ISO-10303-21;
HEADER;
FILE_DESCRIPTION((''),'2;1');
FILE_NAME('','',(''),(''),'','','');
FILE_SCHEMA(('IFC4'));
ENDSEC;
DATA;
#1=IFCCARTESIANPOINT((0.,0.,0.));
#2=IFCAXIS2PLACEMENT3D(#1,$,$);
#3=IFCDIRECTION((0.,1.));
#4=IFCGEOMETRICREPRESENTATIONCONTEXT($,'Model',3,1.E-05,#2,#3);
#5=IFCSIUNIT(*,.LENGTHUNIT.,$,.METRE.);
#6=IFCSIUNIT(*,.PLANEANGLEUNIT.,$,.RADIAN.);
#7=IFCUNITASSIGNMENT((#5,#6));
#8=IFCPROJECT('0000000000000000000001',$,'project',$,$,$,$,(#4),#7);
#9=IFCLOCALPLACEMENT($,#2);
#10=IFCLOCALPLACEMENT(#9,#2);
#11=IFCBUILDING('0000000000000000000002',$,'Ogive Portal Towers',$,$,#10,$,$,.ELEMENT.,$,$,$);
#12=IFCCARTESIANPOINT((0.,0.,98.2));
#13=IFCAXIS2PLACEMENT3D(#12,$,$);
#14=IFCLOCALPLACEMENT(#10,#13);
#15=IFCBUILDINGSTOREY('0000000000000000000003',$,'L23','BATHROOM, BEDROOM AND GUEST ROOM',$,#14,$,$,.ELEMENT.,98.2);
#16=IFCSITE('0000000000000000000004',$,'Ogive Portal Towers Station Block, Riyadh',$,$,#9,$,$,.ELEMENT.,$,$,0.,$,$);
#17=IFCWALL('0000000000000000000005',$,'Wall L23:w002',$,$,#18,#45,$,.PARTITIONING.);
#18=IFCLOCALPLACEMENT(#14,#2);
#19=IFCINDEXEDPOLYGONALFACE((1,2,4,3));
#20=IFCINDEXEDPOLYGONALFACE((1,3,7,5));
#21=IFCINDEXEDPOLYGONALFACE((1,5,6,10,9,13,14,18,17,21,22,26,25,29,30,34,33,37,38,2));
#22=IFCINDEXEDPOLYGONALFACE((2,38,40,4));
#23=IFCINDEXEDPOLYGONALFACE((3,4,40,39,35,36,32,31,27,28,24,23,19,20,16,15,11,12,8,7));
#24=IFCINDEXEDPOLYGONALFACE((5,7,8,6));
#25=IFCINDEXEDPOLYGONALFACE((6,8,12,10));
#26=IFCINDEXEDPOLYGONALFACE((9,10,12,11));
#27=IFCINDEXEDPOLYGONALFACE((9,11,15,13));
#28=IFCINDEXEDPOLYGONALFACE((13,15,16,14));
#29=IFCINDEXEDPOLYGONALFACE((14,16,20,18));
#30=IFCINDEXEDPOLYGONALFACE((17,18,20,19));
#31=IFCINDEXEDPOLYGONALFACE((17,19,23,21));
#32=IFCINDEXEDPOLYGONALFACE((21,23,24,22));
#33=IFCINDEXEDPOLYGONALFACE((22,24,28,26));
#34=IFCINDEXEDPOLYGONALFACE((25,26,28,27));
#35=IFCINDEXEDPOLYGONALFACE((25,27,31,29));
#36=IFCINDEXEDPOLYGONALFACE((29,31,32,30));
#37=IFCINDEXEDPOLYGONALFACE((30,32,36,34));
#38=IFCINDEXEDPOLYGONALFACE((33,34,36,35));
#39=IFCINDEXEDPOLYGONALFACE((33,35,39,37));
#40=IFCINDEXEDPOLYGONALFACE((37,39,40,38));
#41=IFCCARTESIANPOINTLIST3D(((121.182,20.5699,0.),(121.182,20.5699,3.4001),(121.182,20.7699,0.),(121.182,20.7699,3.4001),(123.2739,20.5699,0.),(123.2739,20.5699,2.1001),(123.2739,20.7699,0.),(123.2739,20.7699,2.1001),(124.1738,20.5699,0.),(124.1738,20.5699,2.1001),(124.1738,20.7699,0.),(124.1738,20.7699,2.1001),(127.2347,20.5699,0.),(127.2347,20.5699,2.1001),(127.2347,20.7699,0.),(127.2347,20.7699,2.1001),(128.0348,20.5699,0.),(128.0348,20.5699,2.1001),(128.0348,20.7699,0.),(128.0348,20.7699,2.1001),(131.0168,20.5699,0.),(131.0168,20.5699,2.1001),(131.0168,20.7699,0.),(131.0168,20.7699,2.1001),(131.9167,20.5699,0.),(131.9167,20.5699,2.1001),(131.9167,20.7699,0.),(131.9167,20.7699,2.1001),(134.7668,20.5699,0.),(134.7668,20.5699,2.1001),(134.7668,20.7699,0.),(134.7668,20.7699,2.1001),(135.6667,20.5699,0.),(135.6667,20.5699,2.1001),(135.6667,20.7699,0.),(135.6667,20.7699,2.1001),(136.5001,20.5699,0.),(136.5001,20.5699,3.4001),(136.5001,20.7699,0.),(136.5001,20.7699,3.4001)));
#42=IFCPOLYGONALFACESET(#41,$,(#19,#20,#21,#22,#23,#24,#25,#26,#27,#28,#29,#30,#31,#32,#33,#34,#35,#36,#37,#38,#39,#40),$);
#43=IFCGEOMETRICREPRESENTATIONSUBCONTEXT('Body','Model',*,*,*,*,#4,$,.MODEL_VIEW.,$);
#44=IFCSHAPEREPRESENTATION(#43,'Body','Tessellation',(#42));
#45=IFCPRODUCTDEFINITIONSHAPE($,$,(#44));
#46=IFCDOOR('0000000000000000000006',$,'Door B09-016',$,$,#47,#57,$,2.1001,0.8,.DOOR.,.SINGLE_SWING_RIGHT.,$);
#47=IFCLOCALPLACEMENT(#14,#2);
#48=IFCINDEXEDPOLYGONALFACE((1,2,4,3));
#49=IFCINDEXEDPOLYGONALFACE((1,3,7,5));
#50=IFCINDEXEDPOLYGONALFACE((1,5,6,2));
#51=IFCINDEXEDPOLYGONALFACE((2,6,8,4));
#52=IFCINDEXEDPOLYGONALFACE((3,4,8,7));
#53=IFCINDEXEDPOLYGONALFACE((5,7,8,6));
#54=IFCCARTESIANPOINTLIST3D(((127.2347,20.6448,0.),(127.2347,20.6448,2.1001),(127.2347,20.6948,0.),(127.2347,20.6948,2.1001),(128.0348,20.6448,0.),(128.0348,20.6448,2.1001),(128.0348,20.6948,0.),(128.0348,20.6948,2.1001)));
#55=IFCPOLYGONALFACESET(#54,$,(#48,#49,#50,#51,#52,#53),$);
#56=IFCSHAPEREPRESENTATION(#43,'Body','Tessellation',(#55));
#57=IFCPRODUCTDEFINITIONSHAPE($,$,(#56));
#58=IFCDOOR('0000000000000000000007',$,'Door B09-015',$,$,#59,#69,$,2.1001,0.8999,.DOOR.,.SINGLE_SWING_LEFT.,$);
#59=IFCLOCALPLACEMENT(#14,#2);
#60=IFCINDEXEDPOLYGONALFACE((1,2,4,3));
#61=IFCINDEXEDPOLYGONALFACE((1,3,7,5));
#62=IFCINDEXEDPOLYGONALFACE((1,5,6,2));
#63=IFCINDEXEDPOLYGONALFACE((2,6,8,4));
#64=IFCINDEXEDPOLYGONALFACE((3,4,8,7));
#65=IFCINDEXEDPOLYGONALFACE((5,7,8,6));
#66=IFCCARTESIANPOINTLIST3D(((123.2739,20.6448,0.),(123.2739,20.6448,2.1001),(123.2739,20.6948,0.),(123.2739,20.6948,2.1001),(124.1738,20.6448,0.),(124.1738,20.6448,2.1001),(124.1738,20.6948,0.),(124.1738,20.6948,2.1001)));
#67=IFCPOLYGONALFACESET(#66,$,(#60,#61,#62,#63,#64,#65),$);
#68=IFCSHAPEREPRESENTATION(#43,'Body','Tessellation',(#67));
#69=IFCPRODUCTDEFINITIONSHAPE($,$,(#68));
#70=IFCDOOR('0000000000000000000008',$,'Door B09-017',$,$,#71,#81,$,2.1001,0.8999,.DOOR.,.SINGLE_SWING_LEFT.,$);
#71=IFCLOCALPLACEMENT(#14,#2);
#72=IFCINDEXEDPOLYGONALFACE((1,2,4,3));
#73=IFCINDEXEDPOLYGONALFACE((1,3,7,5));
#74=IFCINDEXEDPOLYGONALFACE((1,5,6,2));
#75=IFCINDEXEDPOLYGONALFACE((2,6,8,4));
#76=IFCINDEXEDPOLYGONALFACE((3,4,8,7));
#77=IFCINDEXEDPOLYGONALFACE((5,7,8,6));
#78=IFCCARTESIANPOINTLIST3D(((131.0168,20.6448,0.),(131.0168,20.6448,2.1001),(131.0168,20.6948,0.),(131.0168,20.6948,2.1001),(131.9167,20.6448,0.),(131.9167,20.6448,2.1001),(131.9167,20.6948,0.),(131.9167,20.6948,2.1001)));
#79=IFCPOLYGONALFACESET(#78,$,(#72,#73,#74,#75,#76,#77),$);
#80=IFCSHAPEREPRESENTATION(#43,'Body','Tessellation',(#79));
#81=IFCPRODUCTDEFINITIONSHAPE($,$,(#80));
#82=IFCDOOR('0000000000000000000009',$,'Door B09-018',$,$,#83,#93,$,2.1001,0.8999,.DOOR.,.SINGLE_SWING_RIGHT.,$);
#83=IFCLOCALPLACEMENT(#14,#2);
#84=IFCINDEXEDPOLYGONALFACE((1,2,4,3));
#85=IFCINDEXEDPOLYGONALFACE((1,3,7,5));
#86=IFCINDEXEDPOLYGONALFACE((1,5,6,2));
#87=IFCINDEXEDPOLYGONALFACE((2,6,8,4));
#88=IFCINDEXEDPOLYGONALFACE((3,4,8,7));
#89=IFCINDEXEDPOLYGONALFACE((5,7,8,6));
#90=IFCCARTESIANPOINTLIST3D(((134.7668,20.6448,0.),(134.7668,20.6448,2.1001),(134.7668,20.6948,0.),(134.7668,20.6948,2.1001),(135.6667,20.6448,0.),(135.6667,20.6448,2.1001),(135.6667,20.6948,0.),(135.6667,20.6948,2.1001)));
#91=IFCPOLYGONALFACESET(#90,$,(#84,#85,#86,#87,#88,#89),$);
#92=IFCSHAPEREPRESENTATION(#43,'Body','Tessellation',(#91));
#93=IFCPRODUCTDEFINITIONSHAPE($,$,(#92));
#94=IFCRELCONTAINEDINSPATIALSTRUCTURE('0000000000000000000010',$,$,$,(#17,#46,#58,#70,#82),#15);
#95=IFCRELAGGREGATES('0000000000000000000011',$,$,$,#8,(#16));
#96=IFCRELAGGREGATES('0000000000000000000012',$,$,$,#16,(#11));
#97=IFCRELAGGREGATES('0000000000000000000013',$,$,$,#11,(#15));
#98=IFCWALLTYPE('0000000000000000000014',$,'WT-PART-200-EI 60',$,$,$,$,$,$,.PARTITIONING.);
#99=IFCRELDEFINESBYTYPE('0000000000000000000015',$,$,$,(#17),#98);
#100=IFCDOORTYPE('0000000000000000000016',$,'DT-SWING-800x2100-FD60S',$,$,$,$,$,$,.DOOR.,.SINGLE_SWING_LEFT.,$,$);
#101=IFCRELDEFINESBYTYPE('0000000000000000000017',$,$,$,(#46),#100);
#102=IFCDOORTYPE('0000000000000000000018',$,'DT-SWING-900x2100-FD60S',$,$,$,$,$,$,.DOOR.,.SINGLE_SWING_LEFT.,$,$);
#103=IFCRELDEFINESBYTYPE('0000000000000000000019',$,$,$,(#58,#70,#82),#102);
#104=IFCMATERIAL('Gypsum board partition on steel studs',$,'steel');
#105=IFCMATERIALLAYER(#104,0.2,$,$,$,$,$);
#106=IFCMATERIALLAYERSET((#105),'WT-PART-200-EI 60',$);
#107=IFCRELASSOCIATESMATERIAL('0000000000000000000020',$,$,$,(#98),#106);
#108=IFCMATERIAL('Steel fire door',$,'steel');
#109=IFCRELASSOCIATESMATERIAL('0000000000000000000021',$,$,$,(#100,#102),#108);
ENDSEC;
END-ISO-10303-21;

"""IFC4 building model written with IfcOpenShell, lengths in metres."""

from ifc_helpers import new_model, si_unit, direction, frame, frame_2d, origin, place, context, subcontext, project, spatial, rectangle, extrude, material, layer, layer_set, type_object, element, fill, save


model = new_model("IFC4")

# Units and contexts
model_context = context("Model", 3, precision=1e-05, world=origin(), true_north=direction((0.0, 1.0)))
body_context = subcontext(model_context, "Body", "Model", "MODEL_VIEW")
ifc_project = project(units=[si_unit("LENGTHUNIT", "METRE"), si_unit("PLANEANGLEUNIT", "RADIAN")], contexts=[model_context])

# Site, building, storey
site_placement = place(None, origin())
site = spatial("IfcSite", under=ifc_project, at=site_placement, Name="Ogive Portal Towers Station Block, Riyadh", CompositionType="ELEMENT", RefElevation=0.0)
building_placement = place(site_placement, origin())
building = spatial("IfcBuilding", under=site, at=building_placement, Name="Ogive Portal Towers", CompositionType="ELEMENT")
storey_placement = place(building_placement, frame((0.0, 0.0, 98.2)))
storey = spatial("IfcBuildingStorey", under=building, at=storey_placement, Name="L23", Description="BATHROOM, BEDROOM AND GUEST ROOM", CompositionType="ELEMENT", Elevation=98.2)

# Wall, openings, doors
ifc_material_1 = material(Name="Gypsum board partition on steel studs", Category="steel")
ifc_layer_1 = layer(ifc_material_1, 0.2)
ifc_layer_set_1 = layer_set([ifc_layer_1], Name="WT-PART-200-EI 60")
wall_type = type_object("IfcWallType", Name="WT-PART-200-EI 60", PredefinedType="PARTITIONING", material=ifc_layer_set_1)
wall_1_placement = place(storey_placement, frame((121.1819, 20.6699, 0.0), z_axis=(0.0, 0.0, 1.0), x_axis=(1.0, 0.0, 0.0)))
wall_1 = element("IfcWall", 1, at=wall_1_placement, inside=storey, type_object=wall_type, Name="Wall L23:w002", PredefinedType="PARTITIONING", context=body_context, shape_type="SweptSolid", body=[
    extrude(rectangle(XDim=15.3181, YDim=0.2, at=frame_2d((7.6592, 0.0))), origin(), (0.0, 0.0, 1.0), 3.4001),
])
opening_1_placement = place(wall_1_placement, frame((2.092, 0.0, 0.0)))
opening_1 = element("IfcOpeningElement", 2, at=opening_1_placement, cuts=wall_1, PredefinedType="OPENING", context=body_context, shape_type="SweptSolid", body=[
    extrude(rectangle(XDim=0.8999, YDim=2.1001, at=frame_2d((0.45, 1.05))), frame((0.0, 0.1099, 0.0), z_axis=(0.0, -1.0, 0.0), x_axis=(1.0, 0.0, 0.0)), (0.0, 0.0, 1.0), 0.22),
])
opening_2_placement = place(wall_1_placement, frame((6.053, 0.0, 0.0)))
opening_2 = element("IfcOpeningElement", 3, at=opening_2_placement, cuts=wall_1, PredefinedType="OPENING", context=body_context, shape_type="SweptSolid", body=[
    extrude(rectangle(XDim=0.8, YDim=2.1001, at=frame_2d((0.3999, 1.05))), frame((0.0, 0.1099, 0.0), z_axis=(0.0, -1.0, 0.0), x_axis=(1.0, 0.0, 0.0)), (0.0, 0.0, 1.0), 0.22),
])
opening_3_placement = place(wall_1_placement, frame((9.835, 0.0, 0.0)))
opening_3 = element("IfcOpeningElement", 4, at=opening_3_placement, cuts=wall_1, PredefinedType="OPENING", context=body_context, shape_type="SweptSolid", body=[
    extrude(rectangle(XDim=0.8999, YDim=2.1001, at=frame_2d((0.45, 1.05))), frame((0.0, 0.1099, 0.0), z_axis=(0.0, -1.0, 0.0), x_axis=(1.0, 0.0, 0.0)), (0.0, 0.0, 1.0), 0.22),
])
opening_4_placement = place(wall_1_placement, frame((13.585, 0.0, 0.0)))
opening_4 = element("IfcOpeningElement", 5, at=opening_4_placement, cuts=wall_1, PredefinedType="OPENING", context=body_context, shape_type="SweptSolid", body=[
    extrude(rectangle(XDim=0.8999, YDim=2.1001, at=frame_2d((0.45, 1.05))), frame((0.0, 0.1099, 0.0), z_axis=(0.0, -1.0, 0.0), x_axis=(1.0, 0.0, 0.0)), (0.0, 0.0, 1.0), 0.22),
])
ifc_material_2 = material(Name="Steel fire door", Category="steel")
door_type_1 = type_object("IfcDoorType", Name="DT-SWING-800x2100-FD60S", OperationType="SINGLE_SWING_LEFT", PredefinedType="DOOR", material=ifc_material_2)
door_1_placement = place(opening_2_placement, origin())
door_1 = element("IfcDoor", 6, at=door_1_placement, inside=storey, type_object=door_type_1, Name="Door B09-016", OperationType="SINGLE_SWING_RIGHT", OverallHeight=2.1001, OverallWidth=0.8, PredefinedType="DOOR", context=body_context, shape_type="SweptSolid", body=[
    extrude(rectangle(XDim=0.8, YDim=2.1001, at=frame_2d((0.3999, 1.05))), frame((0.0, 0.0249, 0.0), z_axis=(0.0, -1.0, 0.0), x_axis=(1.0, 0.0, 0.0)), (0.0, 0.0, 1.0), 0.05),
])
fill(opening_2, door_1)
door_type_2 = type_object("IfcDoorType", Name="DT-SWING-900x2100-FD60S", OperationType="SINGLE_SWING_LEFT", PredefinedType="DOOR", material=ifc_material_2)
door_2_placement = place(opening_1_placement, origin())
door_2 = element("IfcDoor", 7, at=door_2_placement, inside=storey, type_object=door_type_2, Name="Door B09-015", OperationType="SINGLE_SWING_LEFT", OverallHeight=2.1001, OverallWidth=0.8999, PredefinedType="DOOR", context=body_context, shape_type="SweptSolid", body=[
    extrude(rectangle(XDim=0.8999, YDim=2.1001, at=frame_2d((0.45, 1.05))), frame((0.0, 0.0249, 0.0), z_axis=(0.0, -1.0, 0.0), x_axis=(1.0, 0.0, 0.0)), (0.0, 0.0, 1.0), 0.05),
])
fill(opening_1, door_2)
door_3_placement = place(opening_3_placement, origin())
door_3 = element("IfcDoor", 8, at=door_3_placement, inside=storey, type_object=door_type_2, Name="Door B09-017", OperationType="SINGLE_SWING_LEFT", OverallHeight=2.1001, OverallWidth=0.8999, PredefinedType="DOOR", context=body_context, shape_type="SweptSolid", body=[
    extrude(rectangle(XDim=0.8999, YDim=2.1001, at=frame_2d((0.45, 1.05))), frame((0.0, 0.0249, 0.0), z_axis=(0.0, -1.0, 0.0), x_axis=(1.0, 0.0, 0.0)), (0.0, 0.0, 1.0), 0.05),
])
fill(opening_3, door_3)
door_4_placement = place(opening_4_placement, origin())
door_4 = element("IfcDoor", 9, at=door_4_placement, inside=storey, type_object=door_type_2, Name="Door B09-018", OperationType="SINGLE_SWING_RIGHT", OverallHeight=2.1001, OverallWidth=0.8999, PredefinedType="DOOR", context=body_context, shape_type="SweptSolid", body=[
    extrude(rectangle(XDim=0.8999, YDim=2.1001, at=frame_2d((0.45, 1.05))), frame((0.0, 0.0249, 0.0), z_axis=(0.0, -1.0, 0.0), x_axis=(1.0, 0.0, 0.0)), (0.0, 0.0, 1.0), 0.05),
])
fill(opening_4, door_4)

save(model, "model.ifc")
